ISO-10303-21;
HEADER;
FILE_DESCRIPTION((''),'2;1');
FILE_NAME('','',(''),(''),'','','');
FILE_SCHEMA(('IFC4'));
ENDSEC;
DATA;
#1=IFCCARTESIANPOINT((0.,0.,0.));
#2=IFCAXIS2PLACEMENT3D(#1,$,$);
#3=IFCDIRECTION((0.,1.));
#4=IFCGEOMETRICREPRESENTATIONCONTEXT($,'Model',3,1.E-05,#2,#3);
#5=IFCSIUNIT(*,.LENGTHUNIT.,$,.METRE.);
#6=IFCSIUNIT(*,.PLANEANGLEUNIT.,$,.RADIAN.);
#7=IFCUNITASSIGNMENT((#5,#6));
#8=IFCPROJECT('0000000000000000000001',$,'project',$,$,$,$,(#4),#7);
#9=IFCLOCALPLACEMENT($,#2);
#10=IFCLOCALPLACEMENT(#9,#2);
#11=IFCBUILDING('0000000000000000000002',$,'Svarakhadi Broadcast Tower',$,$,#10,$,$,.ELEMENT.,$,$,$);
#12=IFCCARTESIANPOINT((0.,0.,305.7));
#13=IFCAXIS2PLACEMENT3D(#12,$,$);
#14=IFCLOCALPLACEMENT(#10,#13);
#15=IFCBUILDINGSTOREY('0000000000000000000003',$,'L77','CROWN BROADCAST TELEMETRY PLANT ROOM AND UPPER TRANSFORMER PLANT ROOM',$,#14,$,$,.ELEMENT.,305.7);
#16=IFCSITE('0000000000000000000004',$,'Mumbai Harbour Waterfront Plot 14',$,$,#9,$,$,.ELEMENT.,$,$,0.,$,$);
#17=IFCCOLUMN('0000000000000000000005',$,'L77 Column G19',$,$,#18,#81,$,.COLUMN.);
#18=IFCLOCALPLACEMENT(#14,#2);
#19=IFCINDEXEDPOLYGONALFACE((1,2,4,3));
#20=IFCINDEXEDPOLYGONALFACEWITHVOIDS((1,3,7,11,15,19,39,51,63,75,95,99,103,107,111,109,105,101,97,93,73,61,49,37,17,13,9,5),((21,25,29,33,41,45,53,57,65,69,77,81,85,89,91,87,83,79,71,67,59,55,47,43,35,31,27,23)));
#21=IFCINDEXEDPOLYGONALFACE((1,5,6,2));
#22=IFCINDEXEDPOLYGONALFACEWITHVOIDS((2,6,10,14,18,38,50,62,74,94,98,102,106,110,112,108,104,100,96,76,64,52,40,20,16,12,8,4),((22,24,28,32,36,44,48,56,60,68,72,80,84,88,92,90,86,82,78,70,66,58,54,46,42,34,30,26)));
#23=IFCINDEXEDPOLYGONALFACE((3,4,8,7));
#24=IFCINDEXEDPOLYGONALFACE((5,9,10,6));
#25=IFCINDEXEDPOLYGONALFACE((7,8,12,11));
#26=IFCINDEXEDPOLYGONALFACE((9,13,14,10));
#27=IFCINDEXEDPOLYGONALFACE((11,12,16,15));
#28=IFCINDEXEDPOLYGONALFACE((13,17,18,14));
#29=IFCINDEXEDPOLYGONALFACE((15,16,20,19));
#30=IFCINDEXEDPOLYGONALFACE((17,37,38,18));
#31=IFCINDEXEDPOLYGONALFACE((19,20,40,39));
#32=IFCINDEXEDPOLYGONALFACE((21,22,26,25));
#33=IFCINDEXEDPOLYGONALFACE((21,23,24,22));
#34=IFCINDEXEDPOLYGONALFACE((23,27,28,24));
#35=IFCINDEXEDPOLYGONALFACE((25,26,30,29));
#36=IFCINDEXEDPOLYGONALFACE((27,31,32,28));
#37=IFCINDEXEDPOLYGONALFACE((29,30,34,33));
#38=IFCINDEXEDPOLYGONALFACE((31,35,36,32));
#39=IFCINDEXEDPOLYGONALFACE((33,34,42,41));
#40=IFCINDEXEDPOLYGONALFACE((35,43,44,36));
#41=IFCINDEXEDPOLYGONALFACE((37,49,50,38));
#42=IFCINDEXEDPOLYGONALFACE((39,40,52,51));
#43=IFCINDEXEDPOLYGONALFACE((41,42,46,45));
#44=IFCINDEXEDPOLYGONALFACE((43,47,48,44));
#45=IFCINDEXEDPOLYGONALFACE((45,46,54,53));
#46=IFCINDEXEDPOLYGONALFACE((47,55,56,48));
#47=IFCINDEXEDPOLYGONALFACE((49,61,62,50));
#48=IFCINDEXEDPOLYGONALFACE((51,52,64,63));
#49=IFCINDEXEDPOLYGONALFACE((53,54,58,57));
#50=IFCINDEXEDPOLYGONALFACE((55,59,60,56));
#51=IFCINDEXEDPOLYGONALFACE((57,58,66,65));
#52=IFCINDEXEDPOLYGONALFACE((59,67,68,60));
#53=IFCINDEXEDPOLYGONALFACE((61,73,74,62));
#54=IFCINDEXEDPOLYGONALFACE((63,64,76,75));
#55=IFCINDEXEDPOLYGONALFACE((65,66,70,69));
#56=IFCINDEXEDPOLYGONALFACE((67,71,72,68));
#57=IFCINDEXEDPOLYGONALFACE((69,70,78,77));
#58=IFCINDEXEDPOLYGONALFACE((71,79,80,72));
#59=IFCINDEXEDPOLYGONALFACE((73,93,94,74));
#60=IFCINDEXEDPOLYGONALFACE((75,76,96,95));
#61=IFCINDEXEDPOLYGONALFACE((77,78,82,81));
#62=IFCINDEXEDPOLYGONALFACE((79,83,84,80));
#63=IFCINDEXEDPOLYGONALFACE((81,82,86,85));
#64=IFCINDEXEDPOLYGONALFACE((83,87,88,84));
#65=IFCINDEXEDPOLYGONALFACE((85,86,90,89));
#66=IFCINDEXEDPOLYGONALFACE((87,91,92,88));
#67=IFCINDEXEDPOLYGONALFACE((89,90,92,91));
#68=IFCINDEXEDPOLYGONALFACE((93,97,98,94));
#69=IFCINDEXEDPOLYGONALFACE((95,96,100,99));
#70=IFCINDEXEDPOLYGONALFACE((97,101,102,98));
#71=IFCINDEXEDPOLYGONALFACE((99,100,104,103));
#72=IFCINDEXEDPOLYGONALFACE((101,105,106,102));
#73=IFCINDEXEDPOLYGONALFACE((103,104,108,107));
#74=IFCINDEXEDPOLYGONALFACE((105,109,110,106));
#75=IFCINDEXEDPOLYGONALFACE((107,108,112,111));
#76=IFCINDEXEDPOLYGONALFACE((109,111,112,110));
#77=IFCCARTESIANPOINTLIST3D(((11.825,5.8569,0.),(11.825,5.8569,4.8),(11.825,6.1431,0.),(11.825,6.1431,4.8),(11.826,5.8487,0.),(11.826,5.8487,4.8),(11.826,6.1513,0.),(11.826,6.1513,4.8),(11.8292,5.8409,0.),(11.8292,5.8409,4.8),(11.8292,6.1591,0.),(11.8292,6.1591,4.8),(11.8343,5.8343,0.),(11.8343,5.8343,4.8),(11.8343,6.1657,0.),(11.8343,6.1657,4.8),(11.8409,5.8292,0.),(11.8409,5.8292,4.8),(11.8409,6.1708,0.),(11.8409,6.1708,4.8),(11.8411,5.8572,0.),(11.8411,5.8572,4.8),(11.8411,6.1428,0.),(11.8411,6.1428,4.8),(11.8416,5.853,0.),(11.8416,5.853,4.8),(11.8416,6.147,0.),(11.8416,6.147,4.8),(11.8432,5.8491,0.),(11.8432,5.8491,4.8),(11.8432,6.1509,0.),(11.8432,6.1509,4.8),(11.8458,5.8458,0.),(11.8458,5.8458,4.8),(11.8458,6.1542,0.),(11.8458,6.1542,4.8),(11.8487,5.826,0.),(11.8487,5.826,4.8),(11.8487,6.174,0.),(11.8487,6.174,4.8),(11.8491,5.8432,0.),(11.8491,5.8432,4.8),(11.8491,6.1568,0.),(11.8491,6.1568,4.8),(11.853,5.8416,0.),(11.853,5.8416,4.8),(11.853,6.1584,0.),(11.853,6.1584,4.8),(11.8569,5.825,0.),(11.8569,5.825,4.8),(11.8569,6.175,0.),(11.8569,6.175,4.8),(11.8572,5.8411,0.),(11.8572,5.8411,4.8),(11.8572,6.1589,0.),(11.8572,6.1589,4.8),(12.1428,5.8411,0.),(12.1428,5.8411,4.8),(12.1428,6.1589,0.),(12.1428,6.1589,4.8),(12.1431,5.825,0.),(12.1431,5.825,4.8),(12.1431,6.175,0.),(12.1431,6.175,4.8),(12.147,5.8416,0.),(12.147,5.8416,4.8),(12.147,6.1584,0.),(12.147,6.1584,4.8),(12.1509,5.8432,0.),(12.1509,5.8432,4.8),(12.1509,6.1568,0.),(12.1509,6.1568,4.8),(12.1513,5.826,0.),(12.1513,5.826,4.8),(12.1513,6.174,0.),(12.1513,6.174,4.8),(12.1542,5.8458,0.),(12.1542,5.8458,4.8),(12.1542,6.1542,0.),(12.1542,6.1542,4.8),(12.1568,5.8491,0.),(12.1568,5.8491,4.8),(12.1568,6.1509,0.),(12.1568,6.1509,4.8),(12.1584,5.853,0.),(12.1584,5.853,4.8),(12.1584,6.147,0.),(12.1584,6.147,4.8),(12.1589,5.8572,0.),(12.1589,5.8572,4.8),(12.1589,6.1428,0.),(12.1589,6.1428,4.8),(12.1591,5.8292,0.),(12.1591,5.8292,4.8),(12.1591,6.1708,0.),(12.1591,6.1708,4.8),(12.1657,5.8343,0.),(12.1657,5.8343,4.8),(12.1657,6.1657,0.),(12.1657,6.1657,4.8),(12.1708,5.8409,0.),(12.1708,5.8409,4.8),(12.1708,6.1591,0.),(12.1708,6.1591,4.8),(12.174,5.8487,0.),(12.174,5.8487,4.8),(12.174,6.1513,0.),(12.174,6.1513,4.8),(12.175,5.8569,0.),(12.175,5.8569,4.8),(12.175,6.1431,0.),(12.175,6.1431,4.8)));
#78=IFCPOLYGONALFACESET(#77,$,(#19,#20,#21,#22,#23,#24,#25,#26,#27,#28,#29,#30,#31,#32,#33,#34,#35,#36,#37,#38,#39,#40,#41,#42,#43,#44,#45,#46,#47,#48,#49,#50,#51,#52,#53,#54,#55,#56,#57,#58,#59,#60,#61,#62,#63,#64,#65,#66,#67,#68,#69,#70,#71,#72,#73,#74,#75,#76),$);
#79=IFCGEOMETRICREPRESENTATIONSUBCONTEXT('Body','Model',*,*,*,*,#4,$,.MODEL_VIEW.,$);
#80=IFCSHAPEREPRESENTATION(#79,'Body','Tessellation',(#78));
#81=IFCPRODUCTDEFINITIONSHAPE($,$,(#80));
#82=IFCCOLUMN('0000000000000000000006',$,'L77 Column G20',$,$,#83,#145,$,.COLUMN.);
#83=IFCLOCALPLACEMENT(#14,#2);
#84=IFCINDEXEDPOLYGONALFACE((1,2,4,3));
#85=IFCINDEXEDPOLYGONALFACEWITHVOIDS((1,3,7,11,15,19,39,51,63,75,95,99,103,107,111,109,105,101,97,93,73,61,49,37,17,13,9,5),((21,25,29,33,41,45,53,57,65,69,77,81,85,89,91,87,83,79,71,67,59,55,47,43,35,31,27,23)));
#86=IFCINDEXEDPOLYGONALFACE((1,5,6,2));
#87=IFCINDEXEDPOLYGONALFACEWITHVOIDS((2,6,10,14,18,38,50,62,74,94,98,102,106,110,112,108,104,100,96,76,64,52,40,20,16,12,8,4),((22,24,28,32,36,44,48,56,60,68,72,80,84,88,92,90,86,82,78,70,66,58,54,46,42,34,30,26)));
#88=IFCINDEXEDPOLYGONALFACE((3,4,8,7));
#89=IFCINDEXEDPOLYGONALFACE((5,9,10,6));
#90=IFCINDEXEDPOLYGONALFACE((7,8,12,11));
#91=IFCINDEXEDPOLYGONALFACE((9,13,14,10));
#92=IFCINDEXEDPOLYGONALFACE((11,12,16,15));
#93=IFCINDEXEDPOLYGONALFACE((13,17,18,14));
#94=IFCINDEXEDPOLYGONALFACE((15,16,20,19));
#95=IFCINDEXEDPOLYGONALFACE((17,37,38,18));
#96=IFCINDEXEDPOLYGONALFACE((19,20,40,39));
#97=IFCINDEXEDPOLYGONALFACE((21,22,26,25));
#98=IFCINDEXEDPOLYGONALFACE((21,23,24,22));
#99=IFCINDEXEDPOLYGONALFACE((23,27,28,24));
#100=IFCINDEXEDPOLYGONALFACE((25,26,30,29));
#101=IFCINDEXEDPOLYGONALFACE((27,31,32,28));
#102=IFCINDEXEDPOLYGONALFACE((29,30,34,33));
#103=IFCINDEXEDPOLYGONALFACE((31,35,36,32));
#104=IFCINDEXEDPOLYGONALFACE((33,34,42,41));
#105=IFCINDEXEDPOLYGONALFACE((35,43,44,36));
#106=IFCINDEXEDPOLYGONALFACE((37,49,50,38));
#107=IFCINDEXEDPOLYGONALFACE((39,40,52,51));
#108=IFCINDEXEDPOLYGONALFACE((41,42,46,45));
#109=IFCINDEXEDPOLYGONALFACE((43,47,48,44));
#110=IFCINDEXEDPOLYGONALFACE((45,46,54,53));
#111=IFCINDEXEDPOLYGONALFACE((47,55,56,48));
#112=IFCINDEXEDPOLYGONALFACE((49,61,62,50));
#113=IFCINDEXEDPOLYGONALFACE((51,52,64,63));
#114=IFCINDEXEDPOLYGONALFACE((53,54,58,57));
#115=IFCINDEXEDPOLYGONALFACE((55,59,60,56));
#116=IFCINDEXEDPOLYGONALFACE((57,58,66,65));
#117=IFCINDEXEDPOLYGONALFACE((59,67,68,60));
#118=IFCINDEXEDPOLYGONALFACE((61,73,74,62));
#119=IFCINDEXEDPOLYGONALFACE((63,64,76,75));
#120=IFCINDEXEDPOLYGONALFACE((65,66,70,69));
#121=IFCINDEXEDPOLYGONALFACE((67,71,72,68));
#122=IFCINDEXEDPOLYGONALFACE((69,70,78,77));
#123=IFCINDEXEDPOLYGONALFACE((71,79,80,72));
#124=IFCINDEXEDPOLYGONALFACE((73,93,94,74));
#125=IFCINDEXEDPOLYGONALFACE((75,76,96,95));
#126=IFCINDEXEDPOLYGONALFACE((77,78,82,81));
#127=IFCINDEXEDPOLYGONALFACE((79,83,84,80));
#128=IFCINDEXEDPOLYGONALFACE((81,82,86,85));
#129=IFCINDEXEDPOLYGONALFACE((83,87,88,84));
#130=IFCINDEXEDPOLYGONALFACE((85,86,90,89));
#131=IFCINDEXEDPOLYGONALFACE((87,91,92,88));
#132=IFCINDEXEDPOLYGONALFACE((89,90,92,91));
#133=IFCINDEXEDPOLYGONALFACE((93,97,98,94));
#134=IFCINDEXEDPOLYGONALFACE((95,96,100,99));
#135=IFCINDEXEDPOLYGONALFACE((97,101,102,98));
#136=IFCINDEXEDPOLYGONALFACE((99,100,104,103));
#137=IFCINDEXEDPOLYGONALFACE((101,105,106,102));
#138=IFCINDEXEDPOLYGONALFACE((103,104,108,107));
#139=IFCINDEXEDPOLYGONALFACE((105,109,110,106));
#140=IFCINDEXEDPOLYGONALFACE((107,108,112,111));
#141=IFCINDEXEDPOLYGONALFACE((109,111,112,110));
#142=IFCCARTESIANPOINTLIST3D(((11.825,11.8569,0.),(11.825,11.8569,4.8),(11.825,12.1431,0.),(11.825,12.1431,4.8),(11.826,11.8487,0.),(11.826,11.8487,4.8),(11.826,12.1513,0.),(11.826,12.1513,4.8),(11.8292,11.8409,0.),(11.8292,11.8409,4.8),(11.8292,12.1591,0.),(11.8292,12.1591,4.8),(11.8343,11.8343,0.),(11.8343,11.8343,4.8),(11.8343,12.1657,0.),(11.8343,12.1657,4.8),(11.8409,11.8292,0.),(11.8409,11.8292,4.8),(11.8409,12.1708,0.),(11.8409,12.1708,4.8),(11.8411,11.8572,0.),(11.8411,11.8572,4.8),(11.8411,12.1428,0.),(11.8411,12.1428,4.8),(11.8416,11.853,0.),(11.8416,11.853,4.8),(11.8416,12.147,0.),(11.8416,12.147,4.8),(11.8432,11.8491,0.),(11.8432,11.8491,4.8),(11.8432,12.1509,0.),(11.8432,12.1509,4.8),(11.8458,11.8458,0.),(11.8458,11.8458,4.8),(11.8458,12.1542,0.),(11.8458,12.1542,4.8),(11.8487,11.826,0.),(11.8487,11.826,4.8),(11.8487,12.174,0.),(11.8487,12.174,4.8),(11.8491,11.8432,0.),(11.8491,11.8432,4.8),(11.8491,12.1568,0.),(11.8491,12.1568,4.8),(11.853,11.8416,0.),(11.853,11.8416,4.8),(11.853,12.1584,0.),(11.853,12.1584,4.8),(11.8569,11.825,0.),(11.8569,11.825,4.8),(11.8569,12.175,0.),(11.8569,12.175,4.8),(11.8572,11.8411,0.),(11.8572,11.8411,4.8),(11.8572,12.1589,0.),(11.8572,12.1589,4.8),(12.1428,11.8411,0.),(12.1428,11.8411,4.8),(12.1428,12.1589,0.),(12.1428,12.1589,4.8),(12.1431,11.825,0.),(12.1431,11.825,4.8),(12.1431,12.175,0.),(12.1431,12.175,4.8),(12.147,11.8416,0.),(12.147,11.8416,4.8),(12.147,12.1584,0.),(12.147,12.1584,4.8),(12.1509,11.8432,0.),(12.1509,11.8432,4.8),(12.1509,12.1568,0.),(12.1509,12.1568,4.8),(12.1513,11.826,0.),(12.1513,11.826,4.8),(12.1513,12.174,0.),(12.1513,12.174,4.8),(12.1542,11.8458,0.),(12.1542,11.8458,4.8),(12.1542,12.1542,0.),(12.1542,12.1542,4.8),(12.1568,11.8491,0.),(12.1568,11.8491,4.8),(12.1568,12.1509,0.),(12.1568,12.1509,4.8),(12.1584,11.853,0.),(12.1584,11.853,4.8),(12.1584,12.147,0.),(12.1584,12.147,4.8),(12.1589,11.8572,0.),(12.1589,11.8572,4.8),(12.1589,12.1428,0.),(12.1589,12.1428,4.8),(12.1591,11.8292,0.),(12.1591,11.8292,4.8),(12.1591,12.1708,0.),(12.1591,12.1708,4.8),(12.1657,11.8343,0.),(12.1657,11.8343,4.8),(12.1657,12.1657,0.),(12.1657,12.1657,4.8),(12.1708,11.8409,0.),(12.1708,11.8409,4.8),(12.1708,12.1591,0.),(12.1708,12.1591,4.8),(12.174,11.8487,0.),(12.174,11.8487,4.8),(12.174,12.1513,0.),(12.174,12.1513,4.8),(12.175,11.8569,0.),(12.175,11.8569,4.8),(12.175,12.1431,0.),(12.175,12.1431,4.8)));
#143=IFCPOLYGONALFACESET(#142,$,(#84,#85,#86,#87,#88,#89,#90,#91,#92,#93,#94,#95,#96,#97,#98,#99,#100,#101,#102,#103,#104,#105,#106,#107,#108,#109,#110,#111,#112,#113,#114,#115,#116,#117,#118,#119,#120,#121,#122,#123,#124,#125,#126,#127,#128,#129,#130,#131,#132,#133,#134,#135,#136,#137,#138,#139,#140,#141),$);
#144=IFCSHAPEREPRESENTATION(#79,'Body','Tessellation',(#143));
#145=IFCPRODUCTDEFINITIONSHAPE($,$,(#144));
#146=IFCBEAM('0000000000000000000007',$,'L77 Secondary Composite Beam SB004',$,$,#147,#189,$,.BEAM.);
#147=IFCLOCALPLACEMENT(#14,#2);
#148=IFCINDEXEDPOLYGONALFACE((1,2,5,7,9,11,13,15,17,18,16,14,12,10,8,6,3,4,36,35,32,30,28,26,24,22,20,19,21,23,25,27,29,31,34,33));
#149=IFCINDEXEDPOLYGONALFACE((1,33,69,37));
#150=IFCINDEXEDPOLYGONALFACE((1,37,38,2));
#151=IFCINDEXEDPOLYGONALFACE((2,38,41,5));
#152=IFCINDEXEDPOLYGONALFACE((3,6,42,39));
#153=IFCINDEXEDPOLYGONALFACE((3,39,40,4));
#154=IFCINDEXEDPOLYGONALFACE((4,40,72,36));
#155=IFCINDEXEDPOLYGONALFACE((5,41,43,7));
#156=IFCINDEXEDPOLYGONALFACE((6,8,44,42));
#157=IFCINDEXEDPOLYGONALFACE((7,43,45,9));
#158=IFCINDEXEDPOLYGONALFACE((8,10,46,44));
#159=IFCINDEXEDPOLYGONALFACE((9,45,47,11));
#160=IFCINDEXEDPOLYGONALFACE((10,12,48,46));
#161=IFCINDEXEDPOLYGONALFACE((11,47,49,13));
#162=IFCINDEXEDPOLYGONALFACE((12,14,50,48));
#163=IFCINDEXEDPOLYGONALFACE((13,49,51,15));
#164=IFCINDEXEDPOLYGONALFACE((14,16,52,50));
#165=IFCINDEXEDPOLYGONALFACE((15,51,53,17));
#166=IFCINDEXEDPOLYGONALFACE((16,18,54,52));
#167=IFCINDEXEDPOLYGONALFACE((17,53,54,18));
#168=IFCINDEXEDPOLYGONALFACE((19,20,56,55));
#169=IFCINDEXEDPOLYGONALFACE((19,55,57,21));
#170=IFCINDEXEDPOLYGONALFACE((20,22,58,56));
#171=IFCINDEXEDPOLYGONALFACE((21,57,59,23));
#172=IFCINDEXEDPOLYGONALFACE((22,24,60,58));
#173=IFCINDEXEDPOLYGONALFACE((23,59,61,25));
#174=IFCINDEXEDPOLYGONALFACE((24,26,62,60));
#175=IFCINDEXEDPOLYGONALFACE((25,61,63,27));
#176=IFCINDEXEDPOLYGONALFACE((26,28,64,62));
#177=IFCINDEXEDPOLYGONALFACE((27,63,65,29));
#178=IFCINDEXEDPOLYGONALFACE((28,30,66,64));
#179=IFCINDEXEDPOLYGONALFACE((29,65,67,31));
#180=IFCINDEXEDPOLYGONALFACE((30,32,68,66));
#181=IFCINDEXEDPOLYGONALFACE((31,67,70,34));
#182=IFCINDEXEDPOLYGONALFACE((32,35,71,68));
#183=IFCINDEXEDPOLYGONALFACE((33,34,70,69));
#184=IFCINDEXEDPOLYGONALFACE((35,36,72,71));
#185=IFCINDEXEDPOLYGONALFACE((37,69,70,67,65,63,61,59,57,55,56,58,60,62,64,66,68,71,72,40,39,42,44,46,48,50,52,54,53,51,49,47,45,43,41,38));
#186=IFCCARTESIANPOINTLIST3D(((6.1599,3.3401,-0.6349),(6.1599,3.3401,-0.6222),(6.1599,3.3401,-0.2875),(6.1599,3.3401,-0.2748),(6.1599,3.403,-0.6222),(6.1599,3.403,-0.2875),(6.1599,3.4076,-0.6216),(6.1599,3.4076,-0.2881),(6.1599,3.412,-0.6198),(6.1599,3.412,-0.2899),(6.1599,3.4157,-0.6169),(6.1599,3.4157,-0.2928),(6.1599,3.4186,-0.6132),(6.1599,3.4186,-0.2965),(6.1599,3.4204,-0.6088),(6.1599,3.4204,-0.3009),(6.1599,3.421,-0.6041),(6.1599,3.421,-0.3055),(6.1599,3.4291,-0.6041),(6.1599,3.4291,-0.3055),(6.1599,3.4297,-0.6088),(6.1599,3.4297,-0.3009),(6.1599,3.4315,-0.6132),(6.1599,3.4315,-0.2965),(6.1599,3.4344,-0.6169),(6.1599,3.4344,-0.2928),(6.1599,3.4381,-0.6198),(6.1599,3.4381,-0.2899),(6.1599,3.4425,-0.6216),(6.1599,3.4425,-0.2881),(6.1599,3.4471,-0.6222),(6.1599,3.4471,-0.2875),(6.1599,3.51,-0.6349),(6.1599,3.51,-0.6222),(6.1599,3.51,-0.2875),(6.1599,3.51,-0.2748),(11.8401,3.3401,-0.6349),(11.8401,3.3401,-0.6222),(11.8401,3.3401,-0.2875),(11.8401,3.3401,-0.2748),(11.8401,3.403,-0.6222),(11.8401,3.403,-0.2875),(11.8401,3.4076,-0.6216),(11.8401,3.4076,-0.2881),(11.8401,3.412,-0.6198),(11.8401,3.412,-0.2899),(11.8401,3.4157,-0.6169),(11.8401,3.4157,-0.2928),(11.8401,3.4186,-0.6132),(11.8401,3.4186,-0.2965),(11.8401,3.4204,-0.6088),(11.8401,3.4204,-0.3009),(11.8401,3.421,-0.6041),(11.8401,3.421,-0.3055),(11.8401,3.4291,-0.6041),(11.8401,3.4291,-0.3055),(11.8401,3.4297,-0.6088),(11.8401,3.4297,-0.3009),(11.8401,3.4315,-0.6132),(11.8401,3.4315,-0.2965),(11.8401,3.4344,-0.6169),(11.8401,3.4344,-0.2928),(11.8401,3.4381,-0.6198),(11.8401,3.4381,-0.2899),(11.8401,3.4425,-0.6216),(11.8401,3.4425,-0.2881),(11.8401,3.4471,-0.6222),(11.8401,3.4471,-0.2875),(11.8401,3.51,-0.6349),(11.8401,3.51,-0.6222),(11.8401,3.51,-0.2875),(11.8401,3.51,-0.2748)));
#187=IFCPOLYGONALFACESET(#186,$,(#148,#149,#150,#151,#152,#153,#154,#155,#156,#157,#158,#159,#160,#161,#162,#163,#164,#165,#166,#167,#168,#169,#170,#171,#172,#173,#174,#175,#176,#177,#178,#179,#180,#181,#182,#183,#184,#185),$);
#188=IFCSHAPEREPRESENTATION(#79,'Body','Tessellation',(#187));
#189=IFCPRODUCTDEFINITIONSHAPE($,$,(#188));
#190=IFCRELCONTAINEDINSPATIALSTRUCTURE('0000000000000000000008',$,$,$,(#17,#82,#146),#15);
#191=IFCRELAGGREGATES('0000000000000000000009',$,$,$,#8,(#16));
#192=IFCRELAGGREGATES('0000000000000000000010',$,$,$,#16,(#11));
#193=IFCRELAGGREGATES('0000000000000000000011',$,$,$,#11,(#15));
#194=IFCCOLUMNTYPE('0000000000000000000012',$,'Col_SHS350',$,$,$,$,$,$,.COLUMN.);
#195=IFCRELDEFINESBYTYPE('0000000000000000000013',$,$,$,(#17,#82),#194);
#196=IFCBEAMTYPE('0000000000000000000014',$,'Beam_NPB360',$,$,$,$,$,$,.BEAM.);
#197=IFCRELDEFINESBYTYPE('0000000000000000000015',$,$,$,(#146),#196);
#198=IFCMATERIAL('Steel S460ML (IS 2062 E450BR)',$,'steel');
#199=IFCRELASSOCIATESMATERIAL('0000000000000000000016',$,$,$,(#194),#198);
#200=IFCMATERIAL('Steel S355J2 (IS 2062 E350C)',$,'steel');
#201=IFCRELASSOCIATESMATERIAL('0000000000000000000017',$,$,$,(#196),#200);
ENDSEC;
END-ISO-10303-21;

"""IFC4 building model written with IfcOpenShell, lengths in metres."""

from ifc_helpers import new_model, si_unit, direction, frame, origin, origin_2d, place, context, subcontext, project, spatial, hollow_rectangle, i_section, extrude, material, material_profile, profile_set, type_object, element, save


model = new_model("IFC4")

# Units and contexts
model_context = context("Model", 3, precision=1e-05, world=origin(), true_north=direction((0.0, 1.0)))
body_context = subcontext(model_context, "Body", "Model", "MODEL_VIEW")
ifc_project = project(units=[si_unit("LENGTHUNIT", "METRE"), si_unit("PLANEANGLEUNIT", "RADIAN")], contexts=[model_context])

# Site, building, storey
site_placement = place(None, origin())
site = spatial("IfcSite", under=ifc_project, at=site_placement, Name="Mumbai Harbour Waterfront Plot 14", CompositionType="ELEMENT", RefElevation=0.0)
building_placement = place(site_placement, origin())
building = spatial("IfcBuilding", under=site, at=building_placement, Name="Svarakhadi Broadcast Tower", CompositionType="ELEMENT")
storey_placement = place(building_placement, frame((0.0, 0.0, 305.7)))
storey = spatial("IfcBuildingStorey", under=building, at=storey_placement, Name="L77", Description="CROWN BROADCAST TELEMETRY PLANT ROOM AND UPPER TRANSFORMER PLANT ROOM", CompositionType="ELEMENT", Elevation=305.7)

# Columns
ifc_material_1 = material(Name="Steel S460ML (IS 2062 E450BR)", Category="steel")
ifc_material_profile_1 = material_profile(ifc_material_1, hollow_rectangle(XDim=0.3501, YDim=0.3501, WallThickness=0.0161, InnerFilletRadius=0.0161, OuterFilletRadius=0.032, at=origin_2d()), Name="SHS 350x350x16")
ifc_profile_set_1 = profile_set([ifc_material_profile_1], Name="Steel S460ML (IS 2062 E450BR)")
column_type = type_object("IfcColumnType", Name="Col_SHS350", PredefinedType="COLUMN", material=ifc_profile_set_1)
for number, where, z_axis, x_axis, name in (
    (1, (12.0, 6.0, 0.0), (0.0, 0.0, 1.0), (1.0, 0.0, 0.0), "L77 Column G19"),
    (2, (12.0, 12.0, 0.0), (0.0, 0.0, 1.0), (1.0, 0.0, 0.0), "L77 Column G20"),
):
    element("IfcColumn", number, at=place(storey_placement, frame(where, z_axis=z_axis, x_axis=x_axis)), inside=storey, type_object=column_type, Name=name, PredefinedType="COLUMN", context=body_context, shape_type="SweptSolid", body=[
        extrude(hollow_rectangle(XDim=0.3501, YDim=0.3501, WallThickness=0.0161, InnerFilletRadius=0.0161, OuterFilletRadius=0.032, at=origin_2d()), origin(), (0.0, 0.0, 1.0), 4.8),
    ])

# Beam
ifc_material_2 = material(Name="Steel S355J2 (IS 2062 E350C)", Category="steel")
ifc_material_profile_2 = material_profile(ifc_material_2, i_section(OverallWidth=0.1699, OverallDepth=0.3601, WebThickness=0.0081, FlangeThickness=0.0127, FilletRadius=0.0181, at=origin_2d()), Name="NPB 360x170x57")
ifc_profile_set_2 = profile_set([ifc_material_profile_2], Name="Steel S355J2 (IS 2062 E350C)")
beam_type_1 = type_object("IfcBeamType", Name="Beam_NPB360", PredefinedType="BEAM", material=ifc_profile_set_2)
for number, where, z_axis, x_axis, name in (
    (3, (6.1599, 3.425, -0.4548), (1.0, 0.0, 0.0), (0.0, 1.0, 0.0), "L77 Secondary Composite Beam SB004"),
):
    element("IfcBeam", number, at=place(storey_placement, frame(where, z_axis=z_axis, x_axis=x_axis)), inside=storey, type_object=beam_type_1, Name=name, PredefinedType="BEAM", context=body_context, shape_type="SweptSolid", body=[
        extrude(i_section(OverallWidth=0.1699, OverallDepth=0.3601, WebThickness=0.0081, FlangeThickness=0.0127, FilletRadius=0.0181, at=origin_2d()), origin(), (0.0, 0.0, 1.0), 5.6802),
    ])

save(model, "model.ifc")
